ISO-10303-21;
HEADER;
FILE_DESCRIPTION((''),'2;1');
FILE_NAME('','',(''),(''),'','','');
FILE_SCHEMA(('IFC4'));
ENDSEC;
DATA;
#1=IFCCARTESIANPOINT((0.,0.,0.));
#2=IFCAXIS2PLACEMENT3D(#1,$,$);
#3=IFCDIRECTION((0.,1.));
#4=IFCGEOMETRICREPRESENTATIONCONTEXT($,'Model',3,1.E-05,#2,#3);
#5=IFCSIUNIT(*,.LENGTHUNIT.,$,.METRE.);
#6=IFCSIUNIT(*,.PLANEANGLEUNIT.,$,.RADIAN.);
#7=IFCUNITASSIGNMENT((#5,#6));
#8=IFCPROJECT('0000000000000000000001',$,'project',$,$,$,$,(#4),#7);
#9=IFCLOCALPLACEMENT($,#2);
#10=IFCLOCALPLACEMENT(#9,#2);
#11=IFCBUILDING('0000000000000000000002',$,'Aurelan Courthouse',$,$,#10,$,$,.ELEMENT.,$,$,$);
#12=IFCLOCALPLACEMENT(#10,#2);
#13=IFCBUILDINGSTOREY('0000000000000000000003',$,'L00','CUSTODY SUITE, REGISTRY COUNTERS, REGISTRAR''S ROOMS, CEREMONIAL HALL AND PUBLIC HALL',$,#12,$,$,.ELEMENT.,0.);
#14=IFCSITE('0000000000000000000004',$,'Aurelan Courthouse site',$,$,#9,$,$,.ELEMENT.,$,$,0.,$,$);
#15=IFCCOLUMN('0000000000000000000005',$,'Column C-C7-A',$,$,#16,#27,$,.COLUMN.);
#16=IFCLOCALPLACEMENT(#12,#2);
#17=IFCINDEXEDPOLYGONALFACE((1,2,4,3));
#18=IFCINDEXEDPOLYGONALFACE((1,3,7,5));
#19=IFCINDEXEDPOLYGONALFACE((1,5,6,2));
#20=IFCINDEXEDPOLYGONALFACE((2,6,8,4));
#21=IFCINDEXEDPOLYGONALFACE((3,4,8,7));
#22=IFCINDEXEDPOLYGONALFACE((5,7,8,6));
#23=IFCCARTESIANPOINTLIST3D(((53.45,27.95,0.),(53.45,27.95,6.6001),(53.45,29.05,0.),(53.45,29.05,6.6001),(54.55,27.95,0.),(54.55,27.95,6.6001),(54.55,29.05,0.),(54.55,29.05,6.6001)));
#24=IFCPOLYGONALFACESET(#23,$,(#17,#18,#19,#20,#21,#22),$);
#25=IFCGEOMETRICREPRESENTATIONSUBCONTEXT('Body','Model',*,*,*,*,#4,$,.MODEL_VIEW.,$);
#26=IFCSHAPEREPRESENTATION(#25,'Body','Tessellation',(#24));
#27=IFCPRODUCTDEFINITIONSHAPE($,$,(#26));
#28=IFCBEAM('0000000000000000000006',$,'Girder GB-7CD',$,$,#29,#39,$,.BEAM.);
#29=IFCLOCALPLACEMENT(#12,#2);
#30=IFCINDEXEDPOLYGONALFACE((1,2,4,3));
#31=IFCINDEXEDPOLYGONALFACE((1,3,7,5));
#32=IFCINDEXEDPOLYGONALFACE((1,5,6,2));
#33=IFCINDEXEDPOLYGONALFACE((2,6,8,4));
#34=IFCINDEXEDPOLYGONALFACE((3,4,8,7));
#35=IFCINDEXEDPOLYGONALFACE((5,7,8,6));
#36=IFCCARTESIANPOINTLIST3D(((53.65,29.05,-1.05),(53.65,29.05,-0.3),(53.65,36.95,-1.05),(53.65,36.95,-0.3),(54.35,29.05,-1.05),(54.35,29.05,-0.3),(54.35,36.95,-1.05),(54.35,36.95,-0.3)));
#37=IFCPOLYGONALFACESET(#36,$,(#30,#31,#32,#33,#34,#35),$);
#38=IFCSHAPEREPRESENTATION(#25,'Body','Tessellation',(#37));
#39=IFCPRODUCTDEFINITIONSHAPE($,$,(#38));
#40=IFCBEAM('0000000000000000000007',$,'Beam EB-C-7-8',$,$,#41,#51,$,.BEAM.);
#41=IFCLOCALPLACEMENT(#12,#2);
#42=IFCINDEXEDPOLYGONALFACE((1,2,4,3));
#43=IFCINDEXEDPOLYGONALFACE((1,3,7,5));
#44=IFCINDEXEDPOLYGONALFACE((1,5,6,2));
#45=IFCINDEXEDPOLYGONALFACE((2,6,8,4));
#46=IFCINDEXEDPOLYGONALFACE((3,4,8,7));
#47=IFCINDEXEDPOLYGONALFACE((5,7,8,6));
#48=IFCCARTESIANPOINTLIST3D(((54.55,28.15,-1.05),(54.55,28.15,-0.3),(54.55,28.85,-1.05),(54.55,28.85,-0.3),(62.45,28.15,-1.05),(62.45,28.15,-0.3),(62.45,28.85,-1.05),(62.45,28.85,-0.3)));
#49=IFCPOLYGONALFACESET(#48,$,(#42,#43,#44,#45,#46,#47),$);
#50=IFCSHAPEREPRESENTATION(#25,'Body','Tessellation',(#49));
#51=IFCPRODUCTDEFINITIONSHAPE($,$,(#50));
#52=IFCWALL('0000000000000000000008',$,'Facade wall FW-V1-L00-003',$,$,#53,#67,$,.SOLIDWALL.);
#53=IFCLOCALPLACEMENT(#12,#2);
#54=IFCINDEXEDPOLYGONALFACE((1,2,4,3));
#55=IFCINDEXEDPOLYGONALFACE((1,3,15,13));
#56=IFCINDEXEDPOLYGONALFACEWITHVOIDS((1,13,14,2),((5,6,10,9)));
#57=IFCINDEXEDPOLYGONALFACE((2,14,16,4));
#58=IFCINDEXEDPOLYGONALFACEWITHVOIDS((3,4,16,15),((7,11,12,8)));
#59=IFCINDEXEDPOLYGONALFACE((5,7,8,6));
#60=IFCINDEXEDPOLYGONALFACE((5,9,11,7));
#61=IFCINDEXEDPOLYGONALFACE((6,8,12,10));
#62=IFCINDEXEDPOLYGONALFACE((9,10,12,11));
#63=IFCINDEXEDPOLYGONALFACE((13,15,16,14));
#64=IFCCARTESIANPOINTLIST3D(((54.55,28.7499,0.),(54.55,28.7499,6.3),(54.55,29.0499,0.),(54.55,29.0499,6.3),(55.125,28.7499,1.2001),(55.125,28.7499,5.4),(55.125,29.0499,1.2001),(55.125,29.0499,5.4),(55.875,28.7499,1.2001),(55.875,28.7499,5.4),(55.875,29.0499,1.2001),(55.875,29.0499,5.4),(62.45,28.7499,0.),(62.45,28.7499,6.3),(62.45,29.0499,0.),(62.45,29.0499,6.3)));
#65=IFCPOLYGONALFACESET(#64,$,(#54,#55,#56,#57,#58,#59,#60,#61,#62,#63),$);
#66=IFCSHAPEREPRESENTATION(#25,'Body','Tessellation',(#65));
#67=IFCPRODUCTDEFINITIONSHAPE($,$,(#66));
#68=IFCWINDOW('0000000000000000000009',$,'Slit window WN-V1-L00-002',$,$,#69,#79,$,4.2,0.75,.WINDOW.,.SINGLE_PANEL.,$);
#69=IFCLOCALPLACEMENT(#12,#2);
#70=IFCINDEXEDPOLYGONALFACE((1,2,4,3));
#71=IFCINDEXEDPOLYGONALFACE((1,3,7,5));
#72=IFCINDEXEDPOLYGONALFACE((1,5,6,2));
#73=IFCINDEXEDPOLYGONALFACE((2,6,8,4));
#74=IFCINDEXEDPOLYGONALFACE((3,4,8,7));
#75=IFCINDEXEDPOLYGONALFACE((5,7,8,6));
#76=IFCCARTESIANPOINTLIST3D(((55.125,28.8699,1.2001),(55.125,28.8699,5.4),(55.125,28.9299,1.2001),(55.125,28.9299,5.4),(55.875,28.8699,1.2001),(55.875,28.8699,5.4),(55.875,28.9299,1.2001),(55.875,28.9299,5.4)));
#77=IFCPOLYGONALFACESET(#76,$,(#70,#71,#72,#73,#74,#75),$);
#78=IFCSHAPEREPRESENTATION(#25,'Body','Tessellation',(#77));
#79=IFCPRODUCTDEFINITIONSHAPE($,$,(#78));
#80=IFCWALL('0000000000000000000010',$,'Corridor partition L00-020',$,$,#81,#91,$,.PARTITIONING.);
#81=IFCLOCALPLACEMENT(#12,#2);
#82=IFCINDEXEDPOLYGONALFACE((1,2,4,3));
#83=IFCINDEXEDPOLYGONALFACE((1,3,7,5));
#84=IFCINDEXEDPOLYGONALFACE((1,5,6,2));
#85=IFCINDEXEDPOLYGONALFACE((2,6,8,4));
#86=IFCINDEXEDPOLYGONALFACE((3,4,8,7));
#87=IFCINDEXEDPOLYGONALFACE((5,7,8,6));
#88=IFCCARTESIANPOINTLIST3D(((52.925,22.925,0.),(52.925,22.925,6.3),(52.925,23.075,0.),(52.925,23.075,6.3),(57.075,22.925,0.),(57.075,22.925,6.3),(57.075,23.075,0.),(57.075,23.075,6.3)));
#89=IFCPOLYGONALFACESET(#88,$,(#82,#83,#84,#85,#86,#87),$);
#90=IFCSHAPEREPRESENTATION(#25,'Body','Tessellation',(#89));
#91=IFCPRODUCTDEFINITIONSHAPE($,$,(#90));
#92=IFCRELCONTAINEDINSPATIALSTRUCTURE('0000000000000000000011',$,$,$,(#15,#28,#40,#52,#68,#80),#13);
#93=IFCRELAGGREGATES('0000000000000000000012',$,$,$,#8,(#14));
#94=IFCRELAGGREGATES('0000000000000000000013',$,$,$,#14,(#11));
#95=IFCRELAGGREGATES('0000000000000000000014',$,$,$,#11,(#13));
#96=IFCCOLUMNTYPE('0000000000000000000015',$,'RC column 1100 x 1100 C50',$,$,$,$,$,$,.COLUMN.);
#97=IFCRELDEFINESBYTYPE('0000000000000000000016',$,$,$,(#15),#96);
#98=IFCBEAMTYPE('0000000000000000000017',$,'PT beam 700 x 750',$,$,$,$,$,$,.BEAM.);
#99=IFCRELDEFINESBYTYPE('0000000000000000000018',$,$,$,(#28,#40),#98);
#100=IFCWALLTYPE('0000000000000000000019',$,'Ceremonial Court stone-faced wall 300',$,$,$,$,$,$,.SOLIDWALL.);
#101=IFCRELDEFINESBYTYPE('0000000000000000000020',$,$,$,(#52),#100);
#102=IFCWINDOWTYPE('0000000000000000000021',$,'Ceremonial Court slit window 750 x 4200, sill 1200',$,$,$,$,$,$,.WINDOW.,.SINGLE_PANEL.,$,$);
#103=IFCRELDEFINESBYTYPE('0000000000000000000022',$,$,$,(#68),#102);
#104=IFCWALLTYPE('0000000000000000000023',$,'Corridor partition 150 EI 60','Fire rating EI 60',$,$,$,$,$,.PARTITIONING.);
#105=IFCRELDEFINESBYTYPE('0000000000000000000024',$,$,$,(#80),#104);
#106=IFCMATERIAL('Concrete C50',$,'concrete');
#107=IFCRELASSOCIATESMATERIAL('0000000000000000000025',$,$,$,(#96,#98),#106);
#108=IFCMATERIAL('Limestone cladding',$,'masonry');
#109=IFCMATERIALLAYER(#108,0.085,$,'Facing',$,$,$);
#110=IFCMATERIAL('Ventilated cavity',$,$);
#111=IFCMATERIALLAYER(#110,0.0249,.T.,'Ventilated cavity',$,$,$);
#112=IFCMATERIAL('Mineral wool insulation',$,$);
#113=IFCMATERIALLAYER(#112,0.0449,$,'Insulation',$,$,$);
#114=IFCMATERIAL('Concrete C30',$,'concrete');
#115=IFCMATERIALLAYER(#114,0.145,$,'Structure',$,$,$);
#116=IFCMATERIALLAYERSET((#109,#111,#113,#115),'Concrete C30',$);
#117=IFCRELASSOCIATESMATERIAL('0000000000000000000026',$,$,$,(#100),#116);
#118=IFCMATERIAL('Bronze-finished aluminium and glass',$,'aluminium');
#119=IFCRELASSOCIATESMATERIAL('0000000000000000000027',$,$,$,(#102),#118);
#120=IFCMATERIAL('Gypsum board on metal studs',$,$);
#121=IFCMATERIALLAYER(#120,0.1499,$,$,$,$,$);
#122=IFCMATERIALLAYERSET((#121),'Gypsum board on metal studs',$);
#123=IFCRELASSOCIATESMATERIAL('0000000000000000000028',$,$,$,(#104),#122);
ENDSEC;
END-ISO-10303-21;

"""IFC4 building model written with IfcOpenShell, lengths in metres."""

from ifc_helpers import new_model, si_unit, direction, frame, frame_2d, origin, origin_2d, place, context, subcontext, project, spatial, rectangle, extrude, material, layer, layer_set, material_profile, profile_set, type_object, element, fill, save


model = new_model("IFC4")

# Units and contexts
model_context = context("Model", 3, precision=1e-05, world=origin(), true_north=direction((0.0, 1.0)))
body_context = subcontext(model_context, "Body", "Model", "MODEL_VIEW")
ifc_project = project(units=[si_unit("LENGTHUNIT", "METRE"), si_unit("PLANEANGLEUNIT", "RADIAN")], contexts=[model_context])

# Site, building, storey
site_placement = place(None, origin())
site = spatial("IfcSite", under=ifc_project, at=site_placement, Name="Aurelan Courthouse site", CompositionType="ELEMENT", RefElevation=0.0)
building_placement = place(site_placement, origin())
building = spatial("IfcBuilding", under=site, at=building_placement, Name="Aurelan Courthouse", CompositionType="ELEMENT")
storey_placement = place(building_placement, origin())
storey = spatial("IfcBuildingStorey", under=building, at=storey_placement, Name="L00", Description="CUSTODY SUITE, REGISTRY COUNTERS, REGISTRAR'S ROOMS, CEREMONIAL HALL AND PUBLIC HALL", CompositionType="ELEMENT", Elevation=0.0)

# Column
ifc_material_1 = material(Name="Concrete C50", Category="concrete")
ifc_material_profile_1 = material_profile(ifc_material_1, rectangle(XDim=1.1001, YDim=1.1001, at=origin_2d()), Name="RC 1100 x 1100")
ifc_profile_set_1 = profile_set([ifc_material_profile_1], Name="Concrete C50")
column_type = type_object("IfcColumnType", Name="RC column 1100 x 1100 C50", PredefinedType="COLUMN", material=ifc_profile_set_1)
column_placement = place(storey_placement, frame((54.0, 28.5, 0.0), z_axis=(0.0, 0.0, 1.0), x_axis=(1.0, 0.0, 0.0)))
element("IfcColumn", 1, at=column_placement, inside=storey, type_object=column_type, Name="Column C-C7-A", PredefinedType="COLUMN", context=body_context, shape_type="SweptSolid", body=[
    extrude(rectangle(XDim=1.1001, YDim=1.1001, at=origin_2d()), origin(), (0.0, 0.0, 1.0), 6.6001),
])

# Beams
ifc_material_profile_2 = material_profile(ifc_material_1, rectangle(XDim=0.7, YDim=0.75, at=origin_2d()), Name="RC 700 x 750")
ifc_profile_set_2 = profile_set([ifc_material_profile_2], Name="Concrete C50")
beam_type = type_object("IfcBeamType", Name="PT beam 700 x 750", PredefinedType="BEAM", material=ifc_profile_set_2)
for number, where, z_axis, x_axis, name in (
    (2, (54.0, 29.05, -0.675), (0.0, 1.0, 0.0), (-1.0, 0.0, 0.0), "Girder GB-7CD"),
    (3, (54.55, 28.5, -0.675), (1.0, 0.0, 0.0), (0.0, 1.0, 0.0), "Beam EB-C-7-8"),
):
    element("IfcBeam", number, at=place(storey_placement, frame(where, z_axis=z_axis, x_axis=x_axis)), inside=storey, type_object=beam_type, Name=name, PredefinedType="BEAM", context=body_context, shape_type="SweptSolid", body=[
        extrude(rectangle(XDim=0.7, YDim=0.75, at=origin_2d()), origin(), (0.0, 0.0, 1.0), 7.8999),
    ])

# Wall, opening, window
ifc_material_2 = material(Name="Limestone cladding", Category="masonry")
ifc_layer_1 = layer(ifc_material_2, 0.085, Name="Facing")
ifc_material_3 = material(Name="Ventilated cavity")
ifc_layer_2 = layer(ifc_material_3, 0.0249, ventilated=True, Name="Ventilated cavity")
ifc_material_4 = material(Name="Mineral wool insulation")
ifc_layer_3 = layer(ifc_material_4, 0.0449, Name="Insulation")
ifc_material_5 = material(Name="Concrete C30", Category="concrete")
ifc_layer_4 = layer(ifc_material_5, 0.145, Name="Structure")
ifc_layer_set_1 = layer_set([ifc_layer_1, ifc_layer_2, ifc_layer_3, ifc_layer_4], Name="Concrete C30")
wall_type_1 = type_object("IfcWallType", Name="Ceremonial Court stone-faced wall 300", PredefinedType="SOLIDWALL", material=ifc_layer_set_1)
wall_1_placement = place(storey_placement, frame((54.55, 28.8999, 0.0), z_axis=(0.0, 0.0, 1.0), x_axis=(1.0, 0.0, 0.0)))
wall_1 = element("IfcWall", 4, at=wall_1_placement, inside=storey, type_object=wall_type_1, Name="Facade wall FW-V1-L00-003", PredefinedType="SOLIDWALL", context=body_context, shape_type="SweptSolid", body=[
    extrude(rectangle(XDim=7.8999, YDim=0.3, at=frame_2d((3.95, 0.0))), origin(), (0.0, 0.0, 1.0), 6.3),
])
opening_1_placement = place(wall_1_placement, frame((0.575, 0.0, 1.2)))
opening_1 = element("IfcOpeningElement", 5, at=opening_1_placement, cuts=wall_1, PredefinedType="OPENING", context=body_context, shape_type="SweptSolid", body=[
    extrude(rectangle(XDim=0.75, YDim=4.2, at=frame_2d((0.375, 2.1001))), frame((0.0, 0.1599, 0.0), z_axis=(0.0, -1.0, 0.0), x_axis=(1.0, 0.0, 0.0)), (0.0, 0.0, 1.0), 0.3201),
])
ifc_material_6 = material(Name="Bronze-finished aluminium and glass", Category="aluminium")
window_type_1 = type_object("IfcWindowType", Name="Ceremonial Court slit window 750 x 4200, sill 1200", PartitioningType="SINGLE_PANEL", PredefinedType="WINDOW", material=ifc_material_6)
window_1_placement = place(opening_1_placement, origin())
window_1 = element("IfcWindow", 6, at=window_1_placement, inside=storey, type_object=window_type_1, Name="Slit window WN-V1-L00-002", OverallHeight=4.2, OverallWidth=0.75, PartitioningType="SINGLE_PANEL", PredefinedType="WINDOW", context=body_context, shape_type="SweptSolid", body=[
    extrude(rectangle(XDim=0.75, YDim=4.2, at=frame_2d((0.375, 2.1001))), frame((0.0, 0.03, 0.0), z_axis=(0.0, -1.0, 0.0), x_axis=(1.0, 0.0, 0.0)), (0.0, 0.0, 1.0), 0.0601),
])
fill(opening_1, window_1)

# Wall
ifc_material_7 = material(Name="Gypsum board on metal studs")
ifc_layer_5 = layer(ifc_material_7, 0.1499)
ifc_layer_set_2 = layer_set([ifc_layer_5], Name="Gypsum board on metal studs")
wall_type_2 = type_object("IfcWallType", Name="Corridor partition 150 EI 60", Description="Fire rating EI 60", PredefinedType="PARTITIONING", material=ifc_layer_set_2)
wall_2_placement = place(storey_placement, frame((52.925, 23.0, 0.0), z_axis=(0.0, 0.0, 1.0), x_axis=(1.0, 0.0, 0.0)))
element("IfcWall", 7, at=wall_2_placement, inside=storey, type_object=wall_type_2, Name="Corridor partition L00-020", PredefinedType="PARTITIONING", context=body_context, shape_type="SweptSolid", body=[
    extrude(rectangle(XDim=4.1499, YDim=0.1499, at=frame_2d((2.075, 0.0))), origin(), (0.0, 0.0, 1.0), 6.3),
])

save(model, "model.ifc")
